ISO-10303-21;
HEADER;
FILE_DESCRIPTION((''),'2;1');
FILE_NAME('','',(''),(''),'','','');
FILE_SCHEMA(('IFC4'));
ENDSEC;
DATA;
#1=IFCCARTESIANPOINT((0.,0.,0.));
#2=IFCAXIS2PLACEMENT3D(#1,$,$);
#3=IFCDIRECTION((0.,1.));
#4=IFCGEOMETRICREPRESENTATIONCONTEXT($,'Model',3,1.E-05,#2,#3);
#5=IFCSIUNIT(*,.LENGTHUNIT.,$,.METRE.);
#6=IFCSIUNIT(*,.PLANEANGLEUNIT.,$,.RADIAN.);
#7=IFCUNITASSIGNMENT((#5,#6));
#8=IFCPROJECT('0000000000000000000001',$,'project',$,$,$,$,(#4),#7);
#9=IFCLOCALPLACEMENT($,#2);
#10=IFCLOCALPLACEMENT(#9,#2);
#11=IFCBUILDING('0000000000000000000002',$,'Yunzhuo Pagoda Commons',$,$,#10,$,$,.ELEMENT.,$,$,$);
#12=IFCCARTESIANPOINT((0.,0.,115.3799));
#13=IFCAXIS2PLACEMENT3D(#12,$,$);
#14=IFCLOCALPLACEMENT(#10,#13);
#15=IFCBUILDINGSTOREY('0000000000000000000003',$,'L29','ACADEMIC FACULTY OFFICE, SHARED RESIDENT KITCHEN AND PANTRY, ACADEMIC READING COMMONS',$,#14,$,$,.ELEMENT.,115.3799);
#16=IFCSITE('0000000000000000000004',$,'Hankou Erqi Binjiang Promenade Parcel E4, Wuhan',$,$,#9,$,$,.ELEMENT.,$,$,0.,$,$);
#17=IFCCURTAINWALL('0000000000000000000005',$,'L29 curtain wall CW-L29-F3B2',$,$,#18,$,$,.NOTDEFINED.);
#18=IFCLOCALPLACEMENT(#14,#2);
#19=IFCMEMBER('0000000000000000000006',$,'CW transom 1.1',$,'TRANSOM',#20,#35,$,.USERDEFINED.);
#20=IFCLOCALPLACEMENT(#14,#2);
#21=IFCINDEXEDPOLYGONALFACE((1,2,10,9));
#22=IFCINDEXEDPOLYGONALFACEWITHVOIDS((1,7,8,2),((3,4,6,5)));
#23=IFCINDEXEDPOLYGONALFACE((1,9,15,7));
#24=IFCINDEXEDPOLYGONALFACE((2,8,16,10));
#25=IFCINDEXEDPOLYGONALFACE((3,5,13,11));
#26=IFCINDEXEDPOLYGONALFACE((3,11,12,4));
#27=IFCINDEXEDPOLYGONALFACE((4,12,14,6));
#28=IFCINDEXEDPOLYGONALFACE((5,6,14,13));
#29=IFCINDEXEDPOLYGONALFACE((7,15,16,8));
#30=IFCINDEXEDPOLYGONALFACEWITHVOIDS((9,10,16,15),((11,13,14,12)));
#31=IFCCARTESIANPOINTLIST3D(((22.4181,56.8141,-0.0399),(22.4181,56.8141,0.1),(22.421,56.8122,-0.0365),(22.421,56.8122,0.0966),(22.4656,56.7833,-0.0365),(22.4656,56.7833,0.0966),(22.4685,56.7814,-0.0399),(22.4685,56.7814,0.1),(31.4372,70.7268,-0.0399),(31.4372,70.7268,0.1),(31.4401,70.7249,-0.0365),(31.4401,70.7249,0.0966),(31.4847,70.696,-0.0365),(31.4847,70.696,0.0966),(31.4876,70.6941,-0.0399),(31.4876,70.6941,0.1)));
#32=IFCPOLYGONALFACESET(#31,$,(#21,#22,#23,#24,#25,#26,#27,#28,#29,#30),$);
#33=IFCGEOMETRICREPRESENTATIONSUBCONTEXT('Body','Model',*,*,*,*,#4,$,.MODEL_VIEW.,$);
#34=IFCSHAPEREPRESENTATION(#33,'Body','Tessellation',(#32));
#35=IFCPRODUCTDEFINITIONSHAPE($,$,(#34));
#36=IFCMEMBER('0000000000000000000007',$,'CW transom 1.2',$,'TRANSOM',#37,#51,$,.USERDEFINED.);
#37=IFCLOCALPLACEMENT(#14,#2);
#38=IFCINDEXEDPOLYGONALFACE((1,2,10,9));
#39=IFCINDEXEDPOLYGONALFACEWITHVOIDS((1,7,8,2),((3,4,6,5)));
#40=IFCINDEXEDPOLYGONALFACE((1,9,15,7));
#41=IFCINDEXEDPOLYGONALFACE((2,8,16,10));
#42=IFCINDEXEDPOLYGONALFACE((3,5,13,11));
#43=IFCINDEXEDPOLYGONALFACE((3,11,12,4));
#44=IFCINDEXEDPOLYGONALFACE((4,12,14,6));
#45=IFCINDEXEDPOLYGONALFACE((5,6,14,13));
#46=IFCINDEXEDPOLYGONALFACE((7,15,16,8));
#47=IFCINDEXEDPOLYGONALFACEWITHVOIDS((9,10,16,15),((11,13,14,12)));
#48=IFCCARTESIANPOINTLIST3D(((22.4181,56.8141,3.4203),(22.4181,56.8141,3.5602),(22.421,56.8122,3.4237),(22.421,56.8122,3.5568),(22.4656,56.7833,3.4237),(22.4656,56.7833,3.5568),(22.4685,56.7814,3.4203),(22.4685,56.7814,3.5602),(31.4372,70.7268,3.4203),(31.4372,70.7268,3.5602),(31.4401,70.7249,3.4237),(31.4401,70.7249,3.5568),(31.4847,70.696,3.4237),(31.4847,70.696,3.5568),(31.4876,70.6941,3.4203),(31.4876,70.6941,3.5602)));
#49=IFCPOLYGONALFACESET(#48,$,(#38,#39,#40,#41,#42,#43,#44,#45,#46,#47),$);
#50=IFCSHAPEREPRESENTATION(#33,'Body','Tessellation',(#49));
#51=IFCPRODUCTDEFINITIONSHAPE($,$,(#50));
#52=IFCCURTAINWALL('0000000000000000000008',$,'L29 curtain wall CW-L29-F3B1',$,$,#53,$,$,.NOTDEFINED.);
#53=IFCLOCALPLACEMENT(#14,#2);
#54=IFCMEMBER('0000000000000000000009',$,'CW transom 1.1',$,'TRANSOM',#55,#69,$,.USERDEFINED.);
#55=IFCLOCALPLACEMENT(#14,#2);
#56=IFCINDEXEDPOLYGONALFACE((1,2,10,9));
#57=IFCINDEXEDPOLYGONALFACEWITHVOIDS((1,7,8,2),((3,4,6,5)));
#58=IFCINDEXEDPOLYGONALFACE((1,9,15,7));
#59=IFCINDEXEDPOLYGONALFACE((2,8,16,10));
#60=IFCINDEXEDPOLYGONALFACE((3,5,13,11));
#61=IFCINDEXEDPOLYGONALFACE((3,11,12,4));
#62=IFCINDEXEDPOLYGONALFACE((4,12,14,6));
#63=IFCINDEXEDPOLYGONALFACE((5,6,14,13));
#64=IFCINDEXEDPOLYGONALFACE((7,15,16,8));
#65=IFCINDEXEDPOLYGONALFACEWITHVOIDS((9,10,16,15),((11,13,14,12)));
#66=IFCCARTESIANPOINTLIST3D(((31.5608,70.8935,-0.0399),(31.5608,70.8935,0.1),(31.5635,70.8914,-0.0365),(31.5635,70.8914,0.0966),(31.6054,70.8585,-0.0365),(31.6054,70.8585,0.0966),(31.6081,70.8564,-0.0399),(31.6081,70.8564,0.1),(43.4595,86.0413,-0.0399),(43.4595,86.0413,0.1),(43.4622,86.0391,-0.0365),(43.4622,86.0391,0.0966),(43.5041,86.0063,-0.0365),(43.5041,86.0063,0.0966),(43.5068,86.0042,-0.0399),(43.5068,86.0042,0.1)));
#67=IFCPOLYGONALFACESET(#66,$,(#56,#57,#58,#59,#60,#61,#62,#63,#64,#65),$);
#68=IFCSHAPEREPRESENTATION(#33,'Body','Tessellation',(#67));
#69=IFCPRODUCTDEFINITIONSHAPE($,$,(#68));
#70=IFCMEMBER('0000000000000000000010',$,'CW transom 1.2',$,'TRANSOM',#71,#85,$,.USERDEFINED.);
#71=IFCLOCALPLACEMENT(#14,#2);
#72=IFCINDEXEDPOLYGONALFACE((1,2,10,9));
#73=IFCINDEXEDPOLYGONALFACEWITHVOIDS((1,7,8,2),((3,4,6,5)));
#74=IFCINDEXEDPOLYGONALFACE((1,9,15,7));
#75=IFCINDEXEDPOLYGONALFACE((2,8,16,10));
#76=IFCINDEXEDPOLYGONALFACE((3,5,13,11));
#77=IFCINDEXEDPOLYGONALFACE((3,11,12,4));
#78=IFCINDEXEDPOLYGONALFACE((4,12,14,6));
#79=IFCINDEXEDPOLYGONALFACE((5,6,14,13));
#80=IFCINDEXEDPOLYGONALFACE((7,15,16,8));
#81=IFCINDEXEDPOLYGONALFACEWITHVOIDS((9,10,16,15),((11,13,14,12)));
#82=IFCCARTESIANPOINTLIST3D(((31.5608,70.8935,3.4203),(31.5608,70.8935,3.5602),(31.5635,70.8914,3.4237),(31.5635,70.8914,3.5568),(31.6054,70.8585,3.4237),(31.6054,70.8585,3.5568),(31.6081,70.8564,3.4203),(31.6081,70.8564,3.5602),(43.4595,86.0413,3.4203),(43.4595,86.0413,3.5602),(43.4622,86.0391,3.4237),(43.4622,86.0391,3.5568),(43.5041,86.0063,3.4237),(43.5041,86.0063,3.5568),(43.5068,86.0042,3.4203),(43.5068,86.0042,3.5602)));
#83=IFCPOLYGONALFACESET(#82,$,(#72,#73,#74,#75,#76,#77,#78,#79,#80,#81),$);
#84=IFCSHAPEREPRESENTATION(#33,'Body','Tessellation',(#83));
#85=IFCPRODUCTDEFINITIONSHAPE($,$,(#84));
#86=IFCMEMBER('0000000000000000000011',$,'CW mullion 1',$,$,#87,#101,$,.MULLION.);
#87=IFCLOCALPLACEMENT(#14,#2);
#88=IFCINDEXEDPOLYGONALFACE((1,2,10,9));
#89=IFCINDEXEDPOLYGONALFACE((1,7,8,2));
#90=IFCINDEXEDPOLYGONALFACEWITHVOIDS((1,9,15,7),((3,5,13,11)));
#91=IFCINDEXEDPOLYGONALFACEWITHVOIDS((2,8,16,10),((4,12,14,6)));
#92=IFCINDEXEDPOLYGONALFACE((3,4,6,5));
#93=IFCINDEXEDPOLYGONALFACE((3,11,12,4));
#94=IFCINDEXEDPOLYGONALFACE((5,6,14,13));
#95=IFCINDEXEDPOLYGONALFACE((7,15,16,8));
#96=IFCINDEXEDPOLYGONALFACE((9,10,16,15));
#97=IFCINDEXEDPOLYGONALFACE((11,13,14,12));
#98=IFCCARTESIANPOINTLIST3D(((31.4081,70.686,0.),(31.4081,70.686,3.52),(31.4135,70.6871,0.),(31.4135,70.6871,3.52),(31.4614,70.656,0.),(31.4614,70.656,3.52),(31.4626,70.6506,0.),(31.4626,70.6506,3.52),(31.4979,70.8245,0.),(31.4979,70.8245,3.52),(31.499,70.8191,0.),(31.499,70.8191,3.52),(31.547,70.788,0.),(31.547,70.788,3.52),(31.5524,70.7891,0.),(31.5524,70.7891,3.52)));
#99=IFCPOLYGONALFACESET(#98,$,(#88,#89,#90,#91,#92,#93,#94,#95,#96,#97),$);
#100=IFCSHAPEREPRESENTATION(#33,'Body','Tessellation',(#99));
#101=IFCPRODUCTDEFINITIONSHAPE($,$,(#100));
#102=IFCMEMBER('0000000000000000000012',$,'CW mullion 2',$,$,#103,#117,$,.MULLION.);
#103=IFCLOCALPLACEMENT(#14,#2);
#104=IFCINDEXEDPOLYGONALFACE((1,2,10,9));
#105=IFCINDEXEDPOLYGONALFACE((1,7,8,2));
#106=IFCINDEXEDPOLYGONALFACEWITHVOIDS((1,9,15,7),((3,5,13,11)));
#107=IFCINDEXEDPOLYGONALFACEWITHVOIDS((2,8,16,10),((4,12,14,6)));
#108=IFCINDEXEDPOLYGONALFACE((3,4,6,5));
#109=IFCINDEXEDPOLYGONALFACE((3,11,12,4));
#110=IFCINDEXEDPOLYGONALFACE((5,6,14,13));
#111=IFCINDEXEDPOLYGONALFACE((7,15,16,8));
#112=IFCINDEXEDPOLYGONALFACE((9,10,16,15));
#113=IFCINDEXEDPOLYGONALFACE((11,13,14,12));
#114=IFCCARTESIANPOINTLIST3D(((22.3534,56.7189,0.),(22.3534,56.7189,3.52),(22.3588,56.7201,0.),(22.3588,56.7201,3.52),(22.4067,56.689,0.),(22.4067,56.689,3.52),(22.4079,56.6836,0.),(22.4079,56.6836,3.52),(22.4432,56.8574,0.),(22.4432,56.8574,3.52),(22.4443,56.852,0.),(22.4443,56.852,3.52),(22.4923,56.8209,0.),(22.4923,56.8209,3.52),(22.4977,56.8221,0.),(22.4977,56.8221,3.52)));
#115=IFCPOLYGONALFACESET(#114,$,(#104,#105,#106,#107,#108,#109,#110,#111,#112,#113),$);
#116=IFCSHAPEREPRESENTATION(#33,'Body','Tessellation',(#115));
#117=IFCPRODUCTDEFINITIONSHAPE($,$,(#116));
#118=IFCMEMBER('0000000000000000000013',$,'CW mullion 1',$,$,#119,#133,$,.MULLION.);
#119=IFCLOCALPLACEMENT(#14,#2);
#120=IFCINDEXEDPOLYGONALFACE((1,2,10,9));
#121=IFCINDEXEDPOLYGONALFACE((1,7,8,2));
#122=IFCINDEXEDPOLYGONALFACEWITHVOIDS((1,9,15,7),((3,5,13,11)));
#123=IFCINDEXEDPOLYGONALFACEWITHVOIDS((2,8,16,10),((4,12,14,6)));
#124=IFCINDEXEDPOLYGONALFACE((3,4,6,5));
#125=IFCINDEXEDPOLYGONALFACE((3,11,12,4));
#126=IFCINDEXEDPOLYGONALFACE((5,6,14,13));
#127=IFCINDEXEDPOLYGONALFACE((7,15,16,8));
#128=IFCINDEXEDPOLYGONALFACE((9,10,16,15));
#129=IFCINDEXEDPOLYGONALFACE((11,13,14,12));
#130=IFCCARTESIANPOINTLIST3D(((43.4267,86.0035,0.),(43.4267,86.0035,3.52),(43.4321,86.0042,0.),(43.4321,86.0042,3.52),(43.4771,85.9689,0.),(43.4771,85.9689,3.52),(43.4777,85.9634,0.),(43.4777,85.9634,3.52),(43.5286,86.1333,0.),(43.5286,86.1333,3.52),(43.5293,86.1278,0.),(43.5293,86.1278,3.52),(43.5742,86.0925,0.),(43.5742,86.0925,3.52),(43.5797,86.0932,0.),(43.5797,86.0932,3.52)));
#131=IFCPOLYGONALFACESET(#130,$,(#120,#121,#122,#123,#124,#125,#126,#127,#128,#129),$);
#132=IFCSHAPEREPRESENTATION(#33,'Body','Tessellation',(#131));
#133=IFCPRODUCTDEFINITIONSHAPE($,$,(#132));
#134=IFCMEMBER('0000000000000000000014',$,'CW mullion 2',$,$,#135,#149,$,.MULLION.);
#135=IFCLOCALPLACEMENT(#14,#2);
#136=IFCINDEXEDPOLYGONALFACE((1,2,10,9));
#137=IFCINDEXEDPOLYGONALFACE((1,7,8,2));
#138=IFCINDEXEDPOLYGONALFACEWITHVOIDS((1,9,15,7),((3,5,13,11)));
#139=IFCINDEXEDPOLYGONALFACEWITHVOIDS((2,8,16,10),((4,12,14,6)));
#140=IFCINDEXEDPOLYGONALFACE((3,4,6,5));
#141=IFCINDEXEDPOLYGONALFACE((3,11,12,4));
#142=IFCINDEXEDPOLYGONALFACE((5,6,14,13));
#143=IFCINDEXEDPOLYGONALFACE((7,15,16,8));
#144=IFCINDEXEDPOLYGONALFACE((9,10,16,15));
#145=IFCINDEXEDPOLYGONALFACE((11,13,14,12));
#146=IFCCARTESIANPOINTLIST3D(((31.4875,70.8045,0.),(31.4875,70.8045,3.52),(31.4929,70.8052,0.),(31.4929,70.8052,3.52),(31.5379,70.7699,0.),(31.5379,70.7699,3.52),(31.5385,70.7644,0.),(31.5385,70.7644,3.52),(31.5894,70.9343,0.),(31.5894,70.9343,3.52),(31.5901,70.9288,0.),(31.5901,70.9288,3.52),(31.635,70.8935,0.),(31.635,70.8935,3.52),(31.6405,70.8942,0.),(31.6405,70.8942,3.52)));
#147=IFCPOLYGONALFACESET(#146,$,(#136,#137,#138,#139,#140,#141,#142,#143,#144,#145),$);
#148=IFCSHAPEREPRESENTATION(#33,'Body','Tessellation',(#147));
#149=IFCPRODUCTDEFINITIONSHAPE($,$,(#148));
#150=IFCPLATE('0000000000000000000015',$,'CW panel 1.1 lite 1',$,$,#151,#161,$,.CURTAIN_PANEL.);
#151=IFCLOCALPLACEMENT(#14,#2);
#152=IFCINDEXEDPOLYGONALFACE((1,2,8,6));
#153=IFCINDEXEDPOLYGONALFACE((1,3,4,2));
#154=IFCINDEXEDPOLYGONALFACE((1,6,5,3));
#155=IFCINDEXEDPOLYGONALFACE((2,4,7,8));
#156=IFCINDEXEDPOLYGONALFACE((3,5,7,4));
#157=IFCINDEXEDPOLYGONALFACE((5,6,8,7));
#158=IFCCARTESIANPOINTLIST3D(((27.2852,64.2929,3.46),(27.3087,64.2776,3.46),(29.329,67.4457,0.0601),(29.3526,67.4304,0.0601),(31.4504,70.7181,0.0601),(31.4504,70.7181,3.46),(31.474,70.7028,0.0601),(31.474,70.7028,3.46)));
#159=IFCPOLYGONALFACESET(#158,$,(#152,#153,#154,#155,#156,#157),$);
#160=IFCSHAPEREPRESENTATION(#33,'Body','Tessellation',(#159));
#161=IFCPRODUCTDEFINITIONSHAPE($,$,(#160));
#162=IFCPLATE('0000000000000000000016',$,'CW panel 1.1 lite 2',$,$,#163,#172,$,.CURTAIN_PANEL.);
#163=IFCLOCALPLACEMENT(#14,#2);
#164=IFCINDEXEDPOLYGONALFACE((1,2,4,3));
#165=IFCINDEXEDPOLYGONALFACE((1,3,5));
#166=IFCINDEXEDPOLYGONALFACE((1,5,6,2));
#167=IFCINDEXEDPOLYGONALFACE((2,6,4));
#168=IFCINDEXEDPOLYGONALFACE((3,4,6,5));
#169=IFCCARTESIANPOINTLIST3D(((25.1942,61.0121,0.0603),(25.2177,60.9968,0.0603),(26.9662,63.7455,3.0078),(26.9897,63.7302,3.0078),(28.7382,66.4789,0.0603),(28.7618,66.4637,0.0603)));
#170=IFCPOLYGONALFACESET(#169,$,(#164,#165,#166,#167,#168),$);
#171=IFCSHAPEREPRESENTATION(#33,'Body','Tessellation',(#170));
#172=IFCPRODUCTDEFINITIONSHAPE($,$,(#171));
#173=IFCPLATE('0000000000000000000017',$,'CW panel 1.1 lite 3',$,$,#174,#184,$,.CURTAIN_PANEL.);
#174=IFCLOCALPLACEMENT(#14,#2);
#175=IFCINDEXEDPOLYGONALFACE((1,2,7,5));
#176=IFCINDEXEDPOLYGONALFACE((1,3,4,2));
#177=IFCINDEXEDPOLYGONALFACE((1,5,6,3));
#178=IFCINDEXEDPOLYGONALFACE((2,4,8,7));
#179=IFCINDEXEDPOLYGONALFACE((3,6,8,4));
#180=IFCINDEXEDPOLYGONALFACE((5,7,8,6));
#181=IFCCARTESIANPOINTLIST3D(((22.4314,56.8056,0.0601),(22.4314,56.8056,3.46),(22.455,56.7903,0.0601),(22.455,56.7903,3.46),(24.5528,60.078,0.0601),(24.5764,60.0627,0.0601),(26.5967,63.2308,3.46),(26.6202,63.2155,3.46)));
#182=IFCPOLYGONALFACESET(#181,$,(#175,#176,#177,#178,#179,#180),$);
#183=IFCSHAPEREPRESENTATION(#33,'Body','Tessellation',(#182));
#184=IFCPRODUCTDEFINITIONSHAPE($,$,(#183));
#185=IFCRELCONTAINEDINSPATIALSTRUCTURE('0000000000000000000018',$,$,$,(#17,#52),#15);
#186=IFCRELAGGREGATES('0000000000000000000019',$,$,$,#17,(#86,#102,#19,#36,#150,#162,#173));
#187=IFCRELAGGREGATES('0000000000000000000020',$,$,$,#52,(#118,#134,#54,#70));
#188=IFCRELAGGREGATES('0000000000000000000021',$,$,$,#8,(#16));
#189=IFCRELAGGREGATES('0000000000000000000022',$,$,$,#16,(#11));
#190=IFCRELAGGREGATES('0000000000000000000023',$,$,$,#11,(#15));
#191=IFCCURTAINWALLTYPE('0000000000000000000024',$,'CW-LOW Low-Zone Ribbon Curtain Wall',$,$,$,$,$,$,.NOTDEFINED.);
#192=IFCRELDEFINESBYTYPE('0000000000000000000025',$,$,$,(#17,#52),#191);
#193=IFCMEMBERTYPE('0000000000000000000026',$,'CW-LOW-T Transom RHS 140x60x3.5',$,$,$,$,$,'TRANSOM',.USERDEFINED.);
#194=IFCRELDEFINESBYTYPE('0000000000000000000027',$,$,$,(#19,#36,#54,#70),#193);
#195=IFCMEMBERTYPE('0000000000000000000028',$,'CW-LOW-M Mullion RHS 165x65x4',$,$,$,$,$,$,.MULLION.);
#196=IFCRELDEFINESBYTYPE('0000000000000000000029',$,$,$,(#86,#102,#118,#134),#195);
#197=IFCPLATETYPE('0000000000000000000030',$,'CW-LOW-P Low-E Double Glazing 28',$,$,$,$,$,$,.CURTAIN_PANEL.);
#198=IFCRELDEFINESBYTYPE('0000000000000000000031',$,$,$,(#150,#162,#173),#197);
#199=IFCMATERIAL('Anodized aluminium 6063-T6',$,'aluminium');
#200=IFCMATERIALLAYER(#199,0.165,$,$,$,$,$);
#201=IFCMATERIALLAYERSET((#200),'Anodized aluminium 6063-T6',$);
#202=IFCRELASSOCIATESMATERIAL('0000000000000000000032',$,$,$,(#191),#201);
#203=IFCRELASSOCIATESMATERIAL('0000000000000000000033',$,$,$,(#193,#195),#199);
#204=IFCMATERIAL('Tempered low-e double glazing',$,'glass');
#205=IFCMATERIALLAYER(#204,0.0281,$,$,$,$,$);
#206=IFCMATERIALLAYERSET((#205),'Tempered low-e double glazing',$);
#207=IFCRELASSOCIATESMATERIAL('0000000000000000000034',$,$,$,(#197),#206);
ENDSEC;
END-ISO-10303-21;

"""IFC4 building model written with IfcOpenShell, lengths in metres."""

from ifc_helpers import new_model, si_unit, direction, frame, origin, origin_2d, place, context, subcontext, project, spatial, polyline, hollow_rectangle, outline, extrude, source, transform, mapped, material, layer, layer_set, material_profile, profile_set, type_object, element, aggregate, save


model = new_model("IFC4")

# Units and contexts
model_context = context("Model", 3, precision=1e-05, world=origin(), true_north=direction((0.0, 1.0)))
body_context = subcontext(model_context, "Body", "Model", "MODEL_VIEW")
ifc_project = project(units=[si_unit("LENGTHUNIT", "METRE"), si_unit("PLANEANGLEUNIT", "RADIAN")], contexts=[model_context])

# Site, building, storey
site_placement = place(None, origin())
site = spatial("IfcSite", under=ifc_project, at=site_placement, Name="Hankou Erqi Binjiang Promenade Parcel E4, Wuhan", CompositionType="ELEMENT", RefElevation=0.0)
building_placement = place(site_placement, origin())
building = spatial("IfcBuilding", under=site, at=building_placement, Name="Yunzhuo Pagoda Commons", CompositionType="ELEMENT")
storey_placement = place(building_placement, frame((0.0, 0.0, 115.3799)))
storey = spatial("IfcBuildingStorey", under=building, at=storey_placement, Name="L29", Description="ACADEMIC FACULTY OFFICE, SHARED RESIDENT KITCHEN AND PANTRY, ACADEMIC READING COMMONS", CompositionType="ELEMENT", Elevation=115.3799)

# Curtain walls, members
ifc_material_1 = material(Name="Anodized aluminium 6063-T6", Category="aluminium")
ifc_layer_1 = layer(ifc_material_1, 0.165)
ifc_layer_set_1 = layer_set([ifc_layer_1], Name="Anodized aluminium 6063-T6")
curtain_wall_type = type_object("IfcCurtainWallType", Name="CW-LOW Low-Zone Ribbon Curtain Wall", PredefinedType="NOTDEFINED", material=ifc_layer_set_1)
curtain_wall_1_placement = place(storey_placement, origin())
curtain_wall_1 = element("IfcCurtainWall", 1, at=curtain_wall_1_placement, inside=storey, type_object=curtain_wall_type, Name="L29 curtain wall CW-L29-F3B2", PredefinedType="NOTDEFINED")
ifc_material_profile_1 = material_profile(ifc_material_1, hollow_rectangle(XDim=0.0601, YDim=0.1399, WallThickness=0.0034, at=origin_2d()), Name="Anodized aluminium 6063-T6")
ifc_profile_set_1 = profile_set([ifc_material_profile_1], Name="Anodized aluminium 6063-T6")
member_type_1 = type_object("IfcMemberType", Name="CW-LOW-T Transom RHS 140x60x3.5", ElementType="TRANSOM", PredefinedType="USERDEFINED", material=ifc_profile_set_1)
shared_shape_1 = source(origin(), body_context, "Body", "SweptSolid", [
    extrude(hollow_rectangle(XDim=0.0601, YDim=0.1399, WallThickness=0.0034, at=origin_2d()), origin(), (0.0, 0.0, 1.0), 16.5803),
])
member_1_placement = place(storey_placement, frame((31.4624, 70.7104, 0.03), z_axis=(-0.543964, -0.839108, 0.0), x_axis=(0.839108, -0.543964, 0.0)))
member_1 = element("IfcMember", 2, at=member_1_placement, type_object=member_type_1, Name="CW transom 1.1", ObjectType="TRANSOM", PredefinedType="USERDEFINED", context=body_context, shape_type="MappedRepresentation", body=[
    mapped(shared_shape_1, transform((0.0, 0.0, 0.0), scale=1.0)),
])
member_2_placement = place(storey_placement, frame((31.4624, 70.7104, 3.4902), z_axis=(-0.543964, -0.839108, 0.0), x_axis=(0.839108, -0.543964, 0.0)))
member_2 = element("IfcMember", 3, at=member_2_placement, type_object=member_type_1, Name="CW transom 1.2", ObjectType="TRANSOM", PredefinedType="USERDEFINED", context=body_context, shape_type="MappedRepresentation", body=[
    mapped(shared_shape_1, transform((0.0, 0.0, 0.0), scale=1.0)),
])
curtain_wall_2_placement = place(storey_placement, origin())
curtain_wall_2 = element("IfcCurtainWall", 4, at=curtain_wall_2_placement, inside=storey, type_object=curtain_wall_type, Name="L29 curtain wall CW-L29-F3B1", PredefinedType="NOTDEFINED")
shared_shape_2 = source(origin(), body_context, "Body", "SweptSolid", [
    extrude(hollow_rectangle(XDim=0.0601, YDim=0.1399, WallThickness=0.0034, at=origin_2d()), origin(), (0.0, 0.0, 1.0), 19.2622),
])
member_3_placement = place(storey_placement, frame((43.4832, 86.0227, 0.03), z_axis=(-0.617722, -0.786396, 0.0), x_axis=(0.786396, -0.617722, 0.0)))
member_3 = element("IfcMember", 5, at=member_3_placement, type_object=member_type_1, Name="CW transom 1.1", ObjectType="TRANSOM", PredefinedType="USERDEFINED", context=body_context, shape_type="MappedRepresentation", body=[
    mapped(shared_shape_2, transform((0.0, 0.0, 0.0), scale=1.0)),
])
member_4_placement = place(storey_placement, frame((43.4832, 86.0227, 3.4902), z_axis=(-0.617722, -0.786396, 0.0), x_axis=(0.786396, -0.617722, 0.0)))
member_4 = element("IfcMember", 6, at=member_4_placement, type_object=member_type_1, Name="CW transom 1.2", ObjectType="TRANSOM", PredefinedType="USERDEFINED", context=body_context, shape_type="MappedRepresentation", body=[
    mapped(shared_shape_2, transform((0.0, 0.0, 0.0), scale=1.0)),
])

# Members
ifc_material_profile_2 = material_profile(ifc_material_1, hollow_rectangle(XDim=0.0649, YDim=0.165, WallThickness=0.0039, at=origin_2d()), Name="Anodized aluminium 6063-T6")
ifc_profile_set_2 = profile_set([ifc_material_profile_2], Name="Anodized aluminium 6063-T6")
member_type_2 = type_object("IfcMemberType", Name="CW-LOW-M Mullion RHS 165x65x4", PredefinedType="MULLION", material=ifc_profile_set_2)
shared_shape_3 = source(origin(), body_context, "Body", "SweptSolid", [
    extrude(hollow_rectangle(XDim=0.0649, YDim=0.165, WallThickness=0.0039, at=origin_2d()), origin(), (0.0, 0.0, 1.0), 3.52),
])
member_5_placement = place(storey_placement, frame((31.4802, 70.7375, 0.0), z_axis=(0.0, 0.0, 1.0), x_axis=(0.839106, -0.543968, 0.0)))
member_5 = element("IfcMember", 7, at=member_5_placement, type_object=member_type_2, Name="CW mullion 1", PredefinedType="MULLION", context=body_context, shape_type="MappedRepresentation", body=[
    mapped(shared_shape_3, transform((0.0, 0.0, 0.0), scale=1.0)),
])
member_6_placement = place(storey_placement, frame((22.4255, 56.7705, 0.0), z_axis=(0.0, 0.0, 1.0), x_axis=(0.839106, -0.543968, 0.0)))
member_6 = element("IfcMember", 8, at=member_6_placement, type_object=member_type_2, Name="CW mullion 2", PredefinedType="MULLION", context=body_context, shape_type="MappedRepresentation", body=[
    mapped(shared_shape_3, transform((0.0, 0.0, 0.0), scale=1.0)),
])
member_7_placement = place(storey_placement, frame((43.5032, 86.0483, 0.0), z_axis=(0.0, 0.0, 1.0), x_axis=(0.786392, -0.617728, 0.0)))
member_7 = element("IfcMember", 9, at=member_7_placement, type_object=member_type_2, Name="CW mullion 1", PredefinedType="MULLION", context=body_context, shape_type="MappedRepresentation", body=[
    mapped(shared_shape_3, transform((0.0, 0.0, 0.0), scale=1.0)),
])
member_8_placement = place(storey_placement, frame((31.564, 70.8494, 0.0), z_axis=(0.0, 0.0, 1.0), x_axis=(0.786392, -0.617728, 0.0)))
member_8 = element("IfcMember", 10, at=member_8_placement, type_object=member_type_2, Name="CW mullion 2", PredefinedType="MULLION", context=body_context, shape_type="MappedRepresentation", body=[
    mapped(shared_shape_3, transform((0.0, 0.0, 0.0), scale=1.0)),
])

# Plates
ifc_material_2 = material(Name="Tempered low-e double glazing", Category="glass")
ifc_layer_2 = layer(ifc_material_2, 0.0281)
ifc_layer_set_2 = layer_set([ifc_layer_2], Name="Tempered low-e double glazing")
plate_type_1 = type_object("IfcPlateType", Name="CW-LOW-P Low-E Double Glazing 28", PredefinedType="CURTAIN_PANEL", material=ifc_layer_set_2)
plate_1_placement = place(storey_placement, frame((29.3914, 67.4902, 1.76), z_axis=(-0.839106, 0.543968, 0.0), x_axis=(-0.543968, -0.839106, 0.0)))
plate_1 = element("IfcPlate", 11, at=plate_1_placement, type_object=plate_type_1, Name="CW panel 1.1 lite 1", PredefinedType="CURTAIN_PANEL", context=body_context, shape_type="SweptSolid", body=[
    extrude(outline(polyline([(-3.8286, -1.7), (0.0713, -1.7), (3.8286, 1.7), (-3.8286, 1.7), (-3.8286, -1.7)])), origin(), (0.0, 0.0, 1.0), 0.0281),
])
plate_2_placement = place(storey_placement, frame((26.9897, 63.7302, 1.5339), z_axis=(-0.839106, 0.543968, 0.0), x_axis=(-0.543968, -0.839106, 0.0)))
plate_2 = element("IfcPlate", 12, at=plate_2_placement, type_object=plate_type_1, Name="CW panel 1.1 lite 2", PredefinedType="CURTAIN_PANEL", context=body_context, shape_type="SweptSolid", body=[
    extrude(outline(polyline([(-3.2576, -1.4736), (3.2576, -1.4736), (0.0, 1.4739), (-3.2576, -1.4736)])), origin(), (0.0, 0.0, 1.0), 0.0281),
])
plate_3_placement = place(storey_placement, frame((24.5376, 60.0029, 1.76), z_axis=(-0.839106, 0.543968, 0.0), x_axis=(-0.543968, -0.839106, 0.0)))
plate_3 = element("IfcPlate", 13, at=plate_3_placement, type_object=plate_type_1, Name="CW panel 1.1 lite 3", PredefinedType="CURTAIN_PANEL", context=body_context, shape_type="SweptSolid", body=[
    extrude(outline(polyline([(-3.8286, 1.7), (-0.0713, -1.7), (3.8286, -1.7), (3.8286, 1.7), (-3.8286, 1.7)])), origin(), (0.0, 0.0, 1.0), 0.0281),
])
aggregate(curtain_wall_1, [member_5, member_6, member_1, member_2, plate_1, plate_2, plate_3])
aggregate(curtain_wall_2, [member_7, member_8, member_3, member_4])

save(model, "model.ifc")
